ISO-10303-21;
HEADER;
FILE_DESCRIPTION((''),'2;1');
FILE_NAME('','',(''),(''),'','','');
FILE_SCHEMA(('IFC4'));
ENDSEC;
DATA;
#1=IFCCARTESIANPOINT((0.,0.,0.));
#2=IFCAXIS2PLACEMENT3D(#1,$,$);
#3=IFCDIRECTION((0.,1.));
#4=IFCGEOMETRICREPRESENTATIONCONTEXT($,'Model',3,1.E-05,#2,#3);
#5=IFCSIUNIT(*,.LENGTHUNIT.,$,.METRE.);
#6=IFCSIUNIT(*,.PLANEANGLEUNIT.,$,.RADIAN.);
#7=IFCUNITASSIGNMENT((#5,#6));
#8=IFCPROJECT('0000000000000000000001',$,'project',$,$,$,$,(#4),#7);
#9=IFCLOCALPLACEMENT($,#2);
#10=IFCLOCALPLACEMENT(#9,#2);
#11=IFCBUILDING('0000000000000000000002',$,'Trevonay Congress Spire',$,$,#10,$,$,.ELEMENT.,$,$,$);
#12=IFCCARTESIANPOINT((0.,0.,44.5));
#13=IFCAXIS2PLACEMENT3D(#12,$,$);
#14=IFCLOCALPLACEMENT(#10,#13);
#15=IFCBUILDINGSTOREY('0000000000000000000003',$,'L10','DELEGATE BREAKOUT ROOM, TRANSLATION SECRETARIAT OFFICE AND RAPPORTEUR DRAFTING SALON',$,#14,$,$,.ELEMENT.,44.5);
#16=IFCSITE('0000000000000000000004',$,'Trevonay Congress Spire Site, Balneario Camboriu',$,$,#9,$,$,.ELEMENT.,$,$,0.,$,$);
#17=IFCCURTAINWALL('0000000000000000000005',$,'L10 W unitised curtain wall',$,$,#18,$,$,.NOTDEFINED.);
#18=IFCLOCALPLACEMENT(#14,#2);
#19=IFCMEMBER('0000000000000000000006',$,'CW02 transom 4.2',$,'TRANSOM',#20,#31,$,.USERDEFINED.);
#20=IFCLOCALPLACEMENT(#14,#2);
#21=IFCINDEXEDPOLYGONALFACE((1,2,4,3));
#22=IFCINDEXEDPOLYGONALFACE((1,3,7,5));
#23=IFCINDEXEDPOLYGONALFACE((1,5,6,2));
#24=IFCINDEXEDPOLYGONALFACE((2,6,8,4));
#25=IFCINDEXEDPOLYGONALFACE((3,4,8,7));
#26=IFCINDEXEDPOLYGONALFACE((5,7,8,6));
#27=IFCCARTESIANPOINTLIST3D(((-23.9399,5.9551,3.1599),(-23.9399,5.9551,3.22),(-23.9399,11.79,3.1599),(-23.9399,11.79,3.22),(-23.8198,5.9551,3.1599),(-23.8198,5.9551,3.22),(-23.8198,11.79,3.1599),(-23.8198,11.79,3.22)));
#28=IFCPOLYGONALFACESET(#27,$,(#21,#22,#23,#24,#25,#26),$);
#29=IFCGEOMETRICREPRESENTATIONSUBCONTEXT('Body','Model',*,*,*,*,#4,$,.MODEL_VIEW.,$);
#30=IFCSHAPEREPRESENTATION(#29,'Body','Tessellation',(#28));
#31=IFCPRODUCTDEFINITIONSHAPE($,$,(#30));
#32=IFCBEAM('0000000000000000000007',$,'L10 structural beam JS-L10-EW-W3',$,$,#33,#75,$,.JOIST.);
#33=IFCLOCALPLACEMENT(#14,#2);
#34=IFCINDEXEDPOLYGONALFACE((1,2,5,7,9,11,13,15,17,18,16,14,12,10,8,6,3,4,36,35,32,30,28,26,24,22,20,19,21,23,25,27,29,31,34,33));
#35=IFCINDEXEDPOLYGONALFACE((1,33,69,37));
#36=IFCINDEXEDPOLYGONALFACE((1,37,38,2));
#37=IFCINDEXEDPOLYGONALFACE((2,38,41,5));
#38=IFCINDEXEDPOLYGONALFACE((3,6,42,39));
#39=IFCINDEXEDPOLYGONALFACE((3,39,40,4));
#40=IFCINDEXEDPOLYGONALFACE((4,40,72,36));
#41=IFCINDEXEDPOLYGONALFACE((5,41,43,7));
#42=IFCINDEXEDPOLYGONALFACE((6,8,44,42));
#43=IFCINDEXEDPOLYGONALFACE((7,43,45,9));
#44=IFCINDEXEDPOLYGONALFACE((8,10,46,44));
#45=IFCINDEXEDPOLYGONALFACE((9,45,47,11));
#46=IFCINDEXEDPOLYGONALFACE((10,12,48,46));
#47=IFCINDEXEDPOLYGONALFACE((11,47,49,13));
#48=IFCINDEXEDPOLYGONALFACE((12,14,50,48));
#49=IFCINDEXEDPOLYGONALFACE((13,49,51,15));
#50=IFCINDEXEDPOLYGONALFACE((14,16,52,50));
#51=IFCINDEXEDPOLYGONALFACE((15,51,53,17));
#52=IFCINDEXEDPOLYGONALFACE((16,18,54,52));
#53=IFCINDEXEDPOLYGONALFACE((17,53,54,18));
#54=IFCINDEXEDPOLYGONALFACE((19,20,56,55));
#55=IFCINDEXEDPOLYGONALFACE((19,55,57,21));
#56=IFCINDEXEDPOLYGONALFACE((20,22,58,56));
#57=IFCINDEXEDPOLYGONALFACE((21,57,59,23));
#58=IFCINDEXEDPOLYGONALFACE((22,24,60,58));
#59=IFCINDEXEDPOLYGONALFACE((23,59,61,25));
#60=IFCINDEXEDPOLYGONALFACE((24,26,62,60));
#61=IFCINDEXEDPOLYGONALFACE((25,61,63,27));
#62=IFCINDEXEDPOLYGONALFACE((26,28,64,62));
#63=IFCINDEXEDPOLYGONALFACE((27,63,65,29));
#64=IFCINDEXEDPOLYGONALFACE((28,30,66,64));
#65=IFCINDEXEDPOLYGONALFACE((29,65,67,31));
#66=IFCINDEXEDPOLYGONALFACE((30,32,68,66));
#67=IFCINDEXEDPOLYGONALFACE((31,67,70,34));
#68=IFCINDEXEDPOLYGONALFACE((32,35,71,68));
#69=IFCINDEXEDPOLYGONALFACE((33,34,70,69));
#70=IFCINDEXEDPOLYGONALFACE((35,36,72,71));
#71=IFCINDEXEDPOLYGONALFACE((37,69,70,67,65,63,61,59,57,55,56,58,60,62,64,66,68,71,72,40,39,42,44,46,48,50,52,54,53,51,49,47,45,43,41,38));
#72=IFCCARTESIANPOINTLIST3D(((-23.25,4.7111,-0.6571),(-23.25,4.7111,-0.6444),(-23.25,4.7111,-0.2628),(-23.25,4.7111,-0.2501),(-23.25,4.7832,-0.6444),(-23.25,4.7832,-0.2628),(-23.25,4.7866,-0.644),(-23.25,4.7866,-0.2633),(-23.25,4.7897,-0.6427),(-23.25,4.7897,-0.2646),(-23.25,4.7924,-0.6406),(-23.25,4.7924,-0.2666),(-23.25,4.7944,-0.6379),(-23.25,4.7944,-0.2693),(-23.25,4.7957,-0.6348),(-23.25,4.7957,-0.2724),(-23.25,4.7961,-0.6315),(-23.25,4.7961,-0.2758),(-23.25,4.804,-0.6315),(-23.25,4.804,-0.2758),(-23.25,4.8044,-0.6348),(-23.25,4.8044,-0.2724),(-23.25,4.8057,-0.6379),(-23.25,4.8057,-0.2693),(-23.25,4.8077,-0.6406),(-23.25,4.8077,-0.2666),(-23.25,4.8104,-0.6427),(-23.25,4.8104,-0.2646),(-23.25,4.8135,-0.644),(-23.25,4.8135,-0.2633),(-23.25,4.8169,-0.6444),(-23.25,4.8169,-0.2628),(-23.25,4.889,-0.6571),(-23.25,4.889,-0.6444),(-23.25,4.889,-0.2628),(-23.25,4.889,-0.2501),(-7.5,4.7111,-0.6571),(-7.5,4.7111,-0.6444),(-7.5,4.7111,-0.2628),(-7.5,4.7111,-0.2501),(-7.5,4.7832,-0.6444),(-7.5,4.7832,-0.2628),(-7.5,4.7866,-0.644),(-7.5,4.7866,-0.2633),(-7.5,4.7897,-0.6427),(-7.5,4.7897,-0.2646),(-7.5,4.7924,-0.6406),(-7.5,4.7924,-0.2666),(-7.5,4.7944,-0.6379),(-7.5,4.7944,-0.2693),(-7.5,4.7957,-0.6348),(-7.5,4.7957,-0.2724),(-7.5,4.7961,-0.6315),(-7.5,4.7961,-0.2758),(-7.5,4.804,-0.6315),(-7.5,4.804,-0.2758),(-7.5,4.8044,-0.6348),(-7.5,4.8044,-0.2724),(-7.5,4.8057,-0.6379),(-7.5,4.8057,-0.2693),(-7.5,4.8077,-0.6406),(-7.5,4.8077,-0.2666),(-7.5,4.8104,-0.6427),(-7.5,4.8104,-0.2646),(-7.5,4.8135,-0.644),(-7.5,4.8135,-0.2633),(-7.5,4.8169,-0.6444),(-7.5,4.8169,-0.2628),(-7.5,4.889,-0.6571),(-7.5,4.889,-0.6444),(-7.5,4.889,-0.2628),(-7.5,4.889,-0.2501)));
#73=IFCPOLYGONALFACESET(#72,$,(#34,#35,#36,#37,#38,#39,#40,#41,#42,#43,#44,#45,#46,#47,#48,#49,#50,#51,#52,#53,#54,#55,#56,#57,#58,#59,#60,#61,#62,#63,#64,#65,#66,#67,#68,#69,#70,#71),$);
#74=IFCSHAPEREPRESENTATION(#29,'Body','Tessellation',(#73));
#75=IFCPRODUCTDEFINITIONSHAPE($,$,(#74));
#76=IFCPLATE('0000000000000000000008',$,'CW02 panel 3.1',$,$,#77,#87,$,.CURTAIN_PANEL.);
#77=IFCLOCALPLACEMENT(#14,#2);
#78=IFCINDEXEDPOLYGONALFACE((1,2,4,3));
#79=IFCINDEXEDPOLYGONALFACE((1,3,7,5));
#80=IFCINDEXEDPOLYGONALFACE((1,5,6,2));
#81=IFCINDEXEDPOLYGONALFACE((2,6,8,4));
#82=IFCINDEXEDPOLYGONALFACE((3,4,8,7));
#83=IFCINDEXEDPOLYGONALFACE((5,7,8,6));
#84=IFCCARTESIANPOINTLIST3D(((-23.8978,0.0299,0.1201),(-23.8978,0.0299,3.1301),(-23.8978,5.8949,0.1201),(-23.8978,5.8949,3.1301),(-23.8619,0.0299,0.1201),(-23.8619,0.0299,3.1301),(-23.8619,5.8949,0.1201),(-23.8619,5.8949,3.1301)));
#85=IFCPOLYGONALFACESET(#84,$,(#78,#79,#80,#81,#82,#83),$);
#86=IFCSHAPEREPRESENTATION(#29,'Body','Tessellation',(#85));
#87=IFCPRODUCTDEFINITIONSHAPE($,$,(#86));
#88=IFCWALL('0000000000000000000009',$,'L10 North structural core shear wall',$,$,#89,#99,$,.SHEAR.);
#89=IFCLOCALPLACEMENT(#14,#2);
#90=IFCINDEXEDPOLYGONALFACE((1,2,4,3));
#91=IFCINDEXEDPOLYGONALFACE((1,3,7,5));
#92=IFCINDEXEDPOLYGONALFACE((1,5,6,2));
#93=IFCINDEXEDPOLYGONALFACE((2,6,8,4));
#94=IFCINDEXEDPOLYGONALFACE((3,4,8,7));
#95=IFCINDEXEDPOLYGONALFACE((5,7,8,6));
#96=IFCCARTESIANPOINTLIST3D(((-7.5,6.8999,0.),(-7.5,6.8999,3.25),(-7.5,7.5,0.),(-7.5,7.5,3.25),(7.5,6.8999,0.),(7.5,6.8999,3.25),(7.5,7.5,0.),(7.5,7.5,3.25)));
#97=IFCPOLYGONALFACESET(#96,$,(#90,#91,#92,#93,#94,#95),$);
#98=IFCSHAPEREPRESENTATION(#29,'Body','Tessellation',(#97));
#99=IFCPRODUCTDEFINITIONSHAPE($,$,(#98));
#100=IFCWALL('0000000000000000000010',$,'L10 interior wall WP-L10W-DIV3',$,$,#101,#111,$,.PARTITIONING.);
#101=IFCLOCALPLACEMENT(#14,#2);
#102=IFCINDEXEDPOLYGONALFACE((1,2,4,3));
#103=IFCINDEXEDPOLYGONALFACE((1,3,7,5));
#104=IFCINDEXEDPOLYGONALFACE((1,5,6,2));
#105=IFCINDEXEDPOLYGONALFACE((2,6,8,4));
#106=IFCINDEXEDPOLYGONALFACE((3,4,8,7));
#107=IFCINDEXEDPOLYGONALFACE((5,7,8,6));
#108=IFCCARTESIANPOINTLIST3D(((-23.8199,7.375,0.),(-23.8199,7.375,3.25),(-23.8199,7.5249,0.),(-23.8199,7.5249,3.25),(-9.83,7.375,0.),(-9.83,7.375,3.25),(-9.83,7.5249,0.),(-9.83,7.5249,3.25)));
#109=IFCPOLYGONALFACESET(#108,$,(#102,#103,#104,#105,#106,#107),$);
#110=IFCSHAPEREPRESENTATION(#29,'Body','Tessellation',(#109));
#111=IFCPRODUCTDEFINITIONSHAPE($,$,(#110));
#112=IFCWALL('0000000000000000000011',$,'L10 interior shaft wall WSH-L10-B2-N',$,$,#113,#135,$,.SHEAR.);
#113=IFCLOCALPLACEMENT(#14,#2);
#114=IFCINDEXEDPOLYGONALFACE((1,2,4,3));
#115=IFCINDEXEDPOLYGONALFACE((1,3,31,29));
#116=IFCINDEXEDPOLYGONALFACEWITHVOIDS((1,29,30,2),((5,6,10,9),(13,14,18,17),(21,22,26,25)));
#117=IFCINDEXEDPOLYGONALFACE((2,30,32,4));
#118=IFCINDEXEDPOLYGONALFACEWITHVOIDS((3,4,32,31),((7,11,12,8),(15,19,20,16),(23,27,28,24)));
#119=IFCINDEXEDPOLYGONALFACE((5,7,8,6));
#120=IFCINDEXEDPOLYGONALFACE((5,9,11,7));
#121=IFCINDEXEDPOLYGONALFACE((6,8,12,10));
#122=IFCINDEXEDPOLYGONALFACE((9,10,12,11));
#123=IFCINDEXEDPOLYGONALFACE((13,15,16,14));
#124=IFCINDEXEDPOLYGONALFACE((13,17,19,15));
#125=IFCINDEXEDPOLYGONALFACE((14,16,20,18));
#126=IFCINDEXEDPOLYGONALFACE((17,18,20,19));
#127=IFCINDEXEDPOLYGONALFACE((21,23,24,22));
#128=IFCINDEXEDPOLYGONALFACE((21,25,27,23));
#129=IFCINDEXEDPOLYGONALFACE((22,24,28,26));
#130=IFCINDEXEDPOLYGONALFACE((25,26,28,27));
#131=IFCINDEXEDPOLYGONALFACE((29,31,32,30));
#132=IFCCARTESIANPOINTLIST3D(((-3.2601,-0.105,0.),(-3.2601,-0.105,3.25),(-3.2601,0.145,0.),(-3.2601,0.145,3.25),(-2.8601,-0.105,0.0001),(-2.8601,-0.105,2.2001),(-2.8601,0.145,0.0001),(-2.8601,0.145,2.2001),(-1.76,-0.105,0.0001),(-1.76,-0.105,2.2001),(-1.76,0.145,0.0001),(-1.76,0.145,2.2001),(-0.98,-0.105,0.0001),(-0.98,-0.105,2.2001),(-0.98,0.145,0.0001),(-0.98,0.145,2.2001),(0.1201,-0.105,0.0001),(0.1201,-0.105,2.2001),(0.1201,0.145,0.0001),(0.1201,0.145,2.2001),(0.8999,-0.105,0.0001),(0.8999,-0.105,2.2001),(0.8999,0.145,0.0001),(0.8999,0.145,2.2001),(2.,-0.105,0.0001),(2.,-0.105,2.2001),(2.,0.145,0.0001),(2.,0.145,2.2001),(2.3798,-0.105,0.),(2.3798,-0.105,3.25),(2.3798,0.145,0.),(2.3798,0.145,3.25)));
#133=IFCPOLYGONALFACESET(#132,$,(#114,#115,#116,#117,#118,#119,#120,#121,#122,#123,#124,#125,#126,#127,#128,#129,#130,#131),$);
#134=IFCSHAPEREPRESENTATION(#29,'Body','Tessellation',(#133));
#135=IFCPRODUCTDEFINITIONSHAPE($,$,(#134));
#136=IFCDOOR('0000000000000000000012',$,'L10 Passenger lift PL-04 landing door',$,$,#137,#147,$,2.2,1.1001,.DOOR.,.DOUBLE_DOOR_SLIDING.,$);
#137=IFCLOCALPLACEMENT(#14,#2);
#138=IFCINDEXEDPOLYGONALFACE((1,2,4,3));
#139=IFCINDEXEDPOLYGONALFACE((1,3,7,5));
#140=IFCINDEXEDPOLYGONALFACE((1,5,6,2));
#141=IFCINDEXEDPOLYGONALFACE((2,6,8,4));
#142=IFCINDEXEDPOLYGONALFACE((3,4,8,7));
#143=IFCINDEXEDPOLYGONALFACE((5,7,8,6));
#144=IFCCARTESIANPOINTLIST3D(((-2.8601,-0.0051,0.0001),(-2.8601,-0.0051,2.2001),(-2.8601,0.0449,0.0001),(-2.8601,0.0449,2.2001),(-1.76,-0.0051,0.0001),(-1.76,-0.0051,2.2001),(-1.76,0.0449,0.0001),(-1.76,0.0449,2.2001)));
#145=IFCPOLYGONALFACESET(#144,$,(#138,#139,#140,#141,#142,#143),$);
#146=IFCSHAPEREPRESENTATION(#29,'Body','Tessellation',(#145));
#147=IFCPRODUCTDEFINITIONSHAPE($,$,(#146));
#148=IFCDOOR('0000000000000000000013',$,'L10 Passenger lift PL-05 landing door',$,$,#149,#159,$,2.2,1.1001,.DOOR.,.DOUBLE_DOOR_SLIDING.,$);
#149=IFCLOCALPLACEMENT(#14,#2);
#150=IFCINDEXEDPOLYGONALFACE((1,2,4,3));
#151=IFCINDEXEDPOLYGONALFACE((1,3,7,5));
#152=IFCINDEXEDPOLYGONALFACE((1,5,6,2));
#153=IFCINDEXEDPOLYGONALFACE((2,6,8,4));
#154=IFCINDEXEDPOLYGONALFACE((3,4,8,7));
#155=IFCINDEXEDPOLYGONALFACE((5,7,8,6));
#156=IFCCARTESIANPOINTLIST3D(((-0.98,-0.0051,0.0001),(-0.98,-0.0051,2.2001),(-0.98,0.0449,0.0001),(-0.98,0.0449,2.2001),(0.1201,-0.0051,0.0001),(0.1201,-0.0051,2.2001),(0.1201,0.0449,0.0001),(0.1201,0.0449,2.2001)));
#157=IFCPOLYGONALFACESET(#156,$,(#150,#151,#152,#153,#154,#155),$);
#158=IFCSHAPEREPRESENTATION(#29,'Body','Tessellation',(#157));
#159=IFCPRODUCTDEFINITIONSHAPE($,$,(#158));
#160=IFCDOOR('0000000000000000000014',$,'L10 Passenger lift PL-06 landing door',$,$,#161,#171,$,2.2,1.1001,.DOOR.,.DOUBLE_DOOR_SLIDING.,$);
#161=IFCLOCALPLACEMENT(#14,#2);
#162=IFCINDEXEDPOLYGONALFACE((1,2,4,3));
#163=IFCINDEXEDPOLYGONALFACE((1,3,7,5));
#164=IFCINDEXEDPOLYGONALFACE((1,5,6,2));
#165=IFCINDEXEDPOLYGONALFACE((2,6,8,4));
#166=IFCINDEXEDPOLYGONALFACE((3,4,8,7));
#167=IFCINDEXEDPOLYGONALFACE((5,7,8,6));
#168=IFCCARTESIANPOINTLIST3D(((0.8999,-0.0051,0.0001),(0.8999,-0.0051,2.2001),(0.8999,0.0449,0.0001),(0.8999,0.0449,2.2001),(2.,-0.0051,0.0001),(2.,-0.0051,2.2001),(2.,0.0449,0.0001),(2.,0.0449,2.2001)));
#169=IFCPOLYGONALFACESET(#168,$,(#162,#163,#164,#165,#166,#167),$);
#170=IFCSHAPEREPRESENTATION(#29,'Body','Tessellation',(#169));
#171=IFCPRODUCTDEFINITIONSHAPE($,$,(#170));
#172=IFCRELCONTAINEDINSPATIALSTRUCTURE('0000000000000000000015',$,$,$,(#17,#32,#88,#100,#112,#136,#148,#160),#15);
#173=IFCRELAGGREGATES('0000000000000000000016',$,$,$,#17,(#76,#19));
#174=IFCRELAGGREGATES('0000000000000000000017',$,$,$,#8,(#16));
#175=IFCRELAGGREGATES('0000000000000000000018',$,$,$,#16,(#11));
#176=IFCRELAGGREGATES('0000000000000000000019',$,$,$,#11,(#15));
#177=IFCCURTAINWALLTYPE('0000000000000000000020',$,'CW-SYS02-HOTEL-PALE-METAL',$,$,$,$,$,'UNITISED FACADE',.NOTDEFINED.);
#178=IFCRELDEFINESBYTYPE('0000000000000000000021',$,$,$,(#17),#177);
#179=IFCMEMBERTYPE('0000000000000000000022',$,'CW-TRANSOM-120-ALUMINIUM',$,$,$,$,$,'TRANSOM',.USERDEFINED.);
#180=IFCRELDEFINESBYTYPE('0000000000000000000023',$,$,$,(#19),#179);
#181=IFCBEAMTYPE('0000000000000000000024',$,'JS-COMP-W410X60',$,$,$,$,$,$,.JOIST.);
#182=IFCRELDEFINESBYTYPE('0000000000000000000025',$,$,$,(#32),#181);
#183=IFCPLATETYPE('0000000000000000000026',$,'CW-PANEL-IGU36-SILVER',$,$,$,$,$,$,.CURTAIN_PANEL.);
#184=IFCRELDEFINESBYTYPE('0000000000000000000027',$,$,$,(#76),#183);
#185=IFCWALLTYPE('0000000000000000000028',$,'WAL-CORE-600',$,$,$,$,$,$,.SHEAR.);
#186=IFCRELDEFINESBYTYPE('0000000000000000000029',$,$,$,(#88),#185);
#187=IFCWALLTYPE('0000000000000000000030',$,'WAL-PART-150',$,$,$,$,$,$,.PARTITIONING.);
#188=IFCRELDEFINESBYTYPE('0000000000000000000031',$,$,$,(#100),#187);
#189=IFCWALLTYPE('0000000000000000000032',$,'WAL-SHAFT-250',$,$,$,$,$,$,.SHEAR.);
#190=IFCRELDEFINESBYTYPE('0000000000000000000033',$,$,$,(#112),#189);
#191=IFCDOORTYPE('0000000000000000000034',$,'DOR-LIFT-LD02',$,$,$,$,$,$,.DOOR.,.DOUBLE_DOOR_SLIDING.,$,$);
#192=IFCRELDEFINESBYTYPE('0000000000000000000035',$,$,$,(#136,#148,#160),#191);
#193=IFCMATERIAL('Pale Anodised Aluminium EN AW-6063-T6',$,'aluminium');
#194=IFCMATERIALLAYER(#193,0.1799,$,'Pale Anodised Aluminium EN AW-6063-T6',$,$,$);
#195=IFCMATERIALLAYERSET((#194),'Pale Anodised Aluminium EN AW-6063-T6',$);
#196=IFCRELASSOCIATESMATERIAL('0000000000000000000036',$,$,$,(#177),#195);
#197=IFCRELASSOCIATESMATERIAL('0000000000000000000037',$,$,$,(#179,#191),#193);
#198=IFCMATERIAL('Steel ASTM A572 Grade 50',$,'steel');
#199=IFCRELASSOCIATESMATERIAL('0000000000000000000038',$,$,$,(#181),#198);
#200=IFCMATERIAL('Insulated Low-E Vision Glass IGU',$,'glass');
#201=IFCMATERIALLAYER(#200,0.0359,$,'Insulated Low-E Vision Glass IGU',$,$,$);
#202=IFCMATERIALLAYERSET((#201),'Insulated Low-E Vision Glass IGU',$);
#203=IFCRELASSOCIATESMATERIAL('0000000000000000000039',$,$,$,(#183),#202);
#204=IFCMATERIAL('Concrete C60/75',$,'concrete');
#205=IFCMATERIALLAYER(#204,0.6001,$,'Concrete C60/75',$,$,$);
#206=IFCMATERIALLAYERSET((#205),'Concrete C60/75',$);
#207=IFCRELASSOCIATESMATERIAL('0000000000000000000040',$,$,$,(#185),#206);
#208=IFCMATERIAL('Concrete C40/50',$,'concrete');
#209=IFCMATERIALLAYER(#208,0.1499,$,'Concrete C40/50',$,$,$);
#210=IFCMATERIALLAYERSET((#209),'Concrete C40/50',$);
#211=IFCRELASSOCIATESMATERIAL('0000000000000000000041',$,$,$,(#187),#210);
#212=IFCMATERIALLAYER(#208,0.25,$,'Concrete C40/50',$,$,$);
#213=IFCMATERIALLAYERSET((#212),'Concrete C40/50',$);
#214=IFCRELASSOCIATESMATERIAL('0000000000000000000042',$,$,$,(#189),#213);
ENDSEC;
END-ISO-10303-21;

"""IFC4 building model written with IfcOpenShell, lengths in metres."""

from ifc_helpers import new_model, si_unit, direction, frame, frame_2d, origin, origin_2d, place, context, subcontext, project, spatial, rectangle, i_section, extrude, material, layer, layer_set, material_profile, profile_set, type_object, element, fill, aggregate, save


model = new_model("IFC4")

# Units and contexts
model_context = context("Model", 3, precision=1e-05, world=origin(), true_north=direction((0.0, 1.0)))
body_context = subcontext(model_context, "Body", "Model", "MODEL_VIEW")
ifc_project = project(units=[si_unit("LENGTHUNIT", "METRE"), si_unit("PLANEANGLEUNIT", "RADIAN")], contexts=[model_context])

# Site, building, storey
site_placement = place(None, origin())
site = spatial("IfcSite", under=ifc_project, at=site_placement, Name="Trevonay Congress Spire Site, Balneario Camboriu", CompositionType="ELEMENT", RefElevation=0.0)
building_placement = place(site_placement, origin())
building = spatial("IfcBuilding", under=site, at=building_placement, Name="Trevonay Congress Spire", CompositionType="ELEMENT")
storey_placement = place(building_placement, frame((0.0, 0.0, 44.5)))
storey = spatial("IfcBuildingStorey", under=building, at=storey_placement, Name="L10", Description="DELEGATE BREAKOUT ROOM, TRANSLATION SECRETARIAT OFFICE AND RAPPORTEUR DRAFTING SALON", CompositionType="ELEMENT", Elevation=44.5)

# Shared definitions
ifc_material_1 = material(Name="Steel ASTM A572 Grade 50", Category="steel")

# Curtain wall, member
ifc_material_2 = material(Name="Pale Anodised Aluminium EN AW-6063-T6", Category="aluminium")
ifc_layer_1 = layer(ifc_material_2, 0.1799, Name="Pale Anodised Aluminium EN AW-6063-T6")
ifc_layer_set_1 = layer_set([ifc_layer_1], Name="Pale Anodised Aluminium EN AW-6063-T6")
curtain_wall_type = type_object("IfcCurtainWallType", Name="CW-SYS02-HOTEL-PALE-METAL", ElementType="UNITISED FACADE", PredefinedType="NOTDEFINED", material=ifc_layer_set_1)
curtain_wall_placement = place(storey_placement, origin())
curtain_wall = element("IfcCurtainWall", 1, at=curtain_wall_placement, inside=storey, type_object=curtain_wall_type, Name="L10 W unitised curtain wall", PredefinedType="NOTDEFINED")
ifc_material_profile_1 = material_profile(ifc_material_2, rectangle(XDim=0.1201, YDim=0.0601, at=origin_2d()), Name="CW-TRANSOM-120-ALUMINIUM")
ifc_profile_set_1 = profile_set([ifc_material_profile_1], Name="Pale Anodised Aluminium EN AW-6063-T6")
member_type_1 = type_object("IfcMemberType", Name="CW-TRANSOM-120-ALUMINIUM", ElementType="TRANSOM", PredefinedType="USERDEFINED", material=ifc_profile_set_1)
member_1_placement = place(storey_placement, frame((-23.8799, 5.9551, 3.1899), z_axis=(0.0, 1.0, 0.0), x_axis=(-1.0, 0.0, 0.0)))
member_1 = element("IfcMember", 2, at=member_1_placement, type_object=member_type_1, Name="CW02 transom 4.2", ObjectType="TRANSOM", PredefinedType="USERDEFINED", context=body_context, shape_type="SweptSolid", body=[
    extrude(rectangle(XDim=0.1201, YDim=0.0601, at=origin_2d()), origin(), (0.0, 0.0, 1.0), 5.835),
])

# Beam
ifc_material_profile_2 = material_profile(ifc_material_1, i_section(OverallWidth=0.178, OverallDepth=0.407, WebThickness=0.0078, FlangeThickness=0.0127, FilletRadius=0.0129, at=origin_2d()), Name="W410x60")
ifc_profile_set_2 = profile_set([ifc_material_profile_2], Name="Steel ASTM A572 Grade 50")
beam_type_1 = type_object("IfcBeamType", Name="JS-COMP-W410X60", PredefinedType="JOIST", material=ifc_profile_set_2)
beam_1_placement = place(storey_placement, frame((-23.25, 4.8, -0.4536), z_axis=(1.0, 0.0, 0.0), x_axis=(0.0, 1.0, 0.0)))
element("IfcBeam", 3, at=beam_1_placement, inside=storey, type_object=beam_type_1, Name="L10 structural beam JS-L10-EW-W3", PredefinedType="JOIST", context=body_context, shape_type="SweptSolid", body=[
    extrude(i_section(OverallWidth=0.178, OverallDepth=0.407, WebThickness=0.0078, FlangeThickness=0.0127, FilletRadius=0.0129, at=origin_2d()), origin(), (0.0, 0.0, 1.0), 15.75),
])

# Plate
ifc_material_3 = material(Name="Insulated Low-E Vision Glass IGU", Category="glass")
ifc_layer_2 = layer(ifc_material_3, 0.0359, Name="Insulated Low-E Vision Glass IGU")
ifc_layer_set_2 = layer_set([ifc_layer_2], Name="Insulated Low-E Vision Glass IGU")
plate_type = type_object("IfcPlateType", Name="CW-PANEL-IGU36-SILVER", PredefinedType="CURTAIN_PANEL", material=ifc_layer_set_2)
plate_placement = place(storey_placement, frame((-23.8799, 2.9624, 0.1201), z_axis=(0.0, 0.0, 1.0), x_axis=(0.0, 1.0, 0.0)))
plate = element("IfcPlate", 4, at=plate_placement, type_object=plate_type, Name="CW02 panel 3.1", PredefinedType="CURTAIN_PANEL", context=body_context, shape_type="SweptSolid", body=[
    extrude(rectangle(XDim=5.865, YDim=0.0359, at=origin_2d()), origin(), (0.0, 0.0, 1.0), 3.01),
])
aggregate(curtain_wall, [plate, member_1])

# Walls
ifc_material_4 = material(Name="Concrete C60/75", Category="concrete")
ifc_layer_3 = layer(ifc_material_4, 0.6001, Name="Concrete C60/75")
ifc_layer_set_3 = layer_set([ifc_layer_3], Name="Concrete C60/75")
wall_type_1 = type_object("IfcWallType", Name="WAL-CORE-600", PredefinedType="SHEAR", material=ifc_layer_set_3)
wall_1_placement = place(storey_placement, frame((-7.5, 7.2, 0.0), z_axis=(0.0, 0.0, 1.0), x_axis=(1.0, 0.0, 0.0)))
element("IfcWall", 5, at=wall_1_placement, inside=storey, type_object=wall_type_1, Name="L10 North structural core shear wall", PredefinedType="SHEAR", context=body_context, shape_type="SweptSolid", body=[
    extrude(rectangle(XDim=15.0, YDim=0.6001, at=frame_2d((7.5, 0.0))), origin(), (0.0, 0.0, 1.0), 3.25),
])
ifc_material_5 = material(Name="Concrete C40/50", Category="concrete")
ifc_layer_4 = layer(ifc_material_5, 0.1499, Name="Concrete C40/50")
ifc_layer_set_4 = layer_set([ifc_layer_4], Name="Concrete C40/50")
wall_type_2 = type_object("IfcWallType", Name="WAL-PART-150", PredefinedType="PARTITIONING", material=ifc_layer_set_4)
wall_2_placement = place(storey_placement, frame((-23.8201, 7.45, 0.0), z_axis=(0.0, 0.0, 1.0), x_axis=(1.0, 0.0, 0.0)))
element("IfcWall", 6, at=wall_2_placement, inside=storey, type_object=wall_type_2, Name="L10 interior wall WP-L10W-DIV3", PredefinedType="PARTITIONING", context=body_context, shape_type="SweptSolid", body=[
    extrude(rectangle(XDim=13.99, YDim=0.1499, at=frame_2d((6.9951, 0.0))), origin(), (0.0, 0.0, 1.0), 3.25),
])

# Wall, openings, doors
ifc_layer_5 = layer(ifc_material_5, 0.25, Name="Concrete C40/50")
ifc_layer_set_5 = layer_set([ifc_layer_5], Name="Concrete C40/50")
wall_type_3 = type_object("IfcWallType", Name="WAL-SHAFT-250", PredefinedType="SHEAR", material=ifc_layer_set_5)
wall_3_placement = place(storey_placement, frame((-3.26, 0.02, 0.0), z_axis=(0.0, 0.0, 1.0), x_axis=(1.0, 0.0, 0.0)))
wall_3 = element("IfcWall", 7, at=wall_3_placement, inside=storey, type_object=wall_type_3, Name="L10 interior shaft wall WSH-L10-B2-N", PredefinedType="SHEAR", context=body_context, shape_type="SweptSolid", body=[
    extrude(rectangle(XDim=5.6399, YDim=0.25, at=frame_2d((2.8198, 0.0))), origin(), (0.0, 0.0, 1.0), 3.25),
])
opening_1_placement = place(wall_3_placement, frame((0.3999, 0.0, 0.0)))
opening_1 = element("IfcOpeningElement", 8, at=opening_1_placement, cuts=wall_3, PredefinedType="OPENING", context=body_context, shape_type="SweptSolid", body=[
    extrude(rectangle(XDim=1.1001, YDim=2.2, at=frame_2d((0.55, 1.1001))), frame((0.0, 0.135, 0.0), z_axis=(0.0, -1.0, 0.0), x_axis=(1.0, 0.0, 0.0)), (0.0, 0.0, 1.0), 0.27),
])
opening_2_placement = place(wall_3_placement, frame((2.28, 0.0, 0.0)))
opening_2 = element("IfcOpeningElement", 9, at=opening_2_placement, cuts=wall_3, PredefinedType="OPENING", context=body_context, shape_type="SweptSolid", body=[
    extrude(rectangle(XDim=1.1001, YDim=2.2, at=frame_2d((0.55, 1.1001))), frame((0.0, 0.135, 0.0), z_axis=(0.0, -1.0, 0.0), x_axis=(1.0, 0.0, 0.0)), (0.0, 0.0, 1.0), 0.27),
])
opening_3_placement = place(wall_3_placement, frame((4.1599, 0.0, 0.0)))
opening_3 = element("IfcOpeningElement", 10, at=opening_3_placement, cuts=wall_3, PredefinedType="OPENING", context=body_context, shape_type="SweptSolid", body=[
    extrude(rectangle(XDim=1.1001, YDim=2.2, at=frame_2d((0.55, 1.1001))), frame((0.0, 0.135, 0.0), z_axis=(0.0, -1.0, 0.0), x_axis=(1.0, 0.0, 0.0)), (0.0, 0.0, 1.0), 0.27),
])
door_type_1 = type_object("IfcDoorType", Name="DOR-LIFT-LD02", OperationType="DOUBLE_DOOR_SLIDING", PredefinedType="DOOR", material=ifc_material_2)
door_1_placement = place(opening_1_placement, origin())
door_1 = element("IfcDoor", 11, at=door_1_placement, inside=storey, type_object=door_type_1, Name="L10 Passenger lift PL-04 landing door", OperationType="DOUBLE_DOOR_SLIDING", OverallHeight=2.2, OverallWidth=1.1001, PredefinedType="DOOR", context=body_context, shape_type="SweptSolid", body=[
    extrude(rectangle(XDim=1.1001, YDim=2.2, at=frame_2d((0.55, 1.1001))), frame((0.0, 0.0249, 0.0), z_axis=(0.0, -1.0, 0.0), x_axis=(1.0, 0.0, 0.0)), (0.0, 0.0, 1.0), 0.05),
])
fill(opening_1, door_1)
door_2_placement = place(opening_2_placement, origin())
door_2 = element("IfcDoor", 12, at=door_2_placement, inside=storey, type_object=door_type_1, Name="L10 Passenger lift PL-05 landing door", OperationType="DOUBLE_DOOR_SLIDING", OverallHeight=2.2, OverallWidth=1.1001, PredefinedType="DOOR", context=body_context, shape_type="SweptSolid", body=[
    extrude(rectangle(XDim=1.1001, YDim=2.2, at=frame_2d((0.55, 1.1001))), frame((0.0, 0.0249, 0.0), z_axis=(0.0, -1.0, 0.0), x_axis=(1.0, 0.0, 0.0)), (0.0, 0.0, 1.0), 0.05),
])
fill(opening_2, door_2)
door_3_placement = place(opening_3_placement, origin())
door_3 = element("IfcDoor", 13, at=door_3_placement, inside=storey, type_object=door_type_1, Name="L10 Passenger lift PL-06 landing door", OperationType="DOUBLE_DOOR_SLIDING", OverallHeight=2.2, OverallWidth=1.1001, PredefinedType="DOOR", context=body_context, shape_type="SweptSolid", body=[
    extrude(rectangle(XDim=1.1001, YDim=2.2, at=frame_2d((0.55, 1.1001))), frame((0.0, 0.0249, 0.0), z_axis=(0.0, -1.0, 0.0), x_axis=(1.0, 0.0, 0.0)), (0.0, 0.0, 1.0), 0.05),
])
fill(opening_3, door_3)

save(model, "model.ifc")
